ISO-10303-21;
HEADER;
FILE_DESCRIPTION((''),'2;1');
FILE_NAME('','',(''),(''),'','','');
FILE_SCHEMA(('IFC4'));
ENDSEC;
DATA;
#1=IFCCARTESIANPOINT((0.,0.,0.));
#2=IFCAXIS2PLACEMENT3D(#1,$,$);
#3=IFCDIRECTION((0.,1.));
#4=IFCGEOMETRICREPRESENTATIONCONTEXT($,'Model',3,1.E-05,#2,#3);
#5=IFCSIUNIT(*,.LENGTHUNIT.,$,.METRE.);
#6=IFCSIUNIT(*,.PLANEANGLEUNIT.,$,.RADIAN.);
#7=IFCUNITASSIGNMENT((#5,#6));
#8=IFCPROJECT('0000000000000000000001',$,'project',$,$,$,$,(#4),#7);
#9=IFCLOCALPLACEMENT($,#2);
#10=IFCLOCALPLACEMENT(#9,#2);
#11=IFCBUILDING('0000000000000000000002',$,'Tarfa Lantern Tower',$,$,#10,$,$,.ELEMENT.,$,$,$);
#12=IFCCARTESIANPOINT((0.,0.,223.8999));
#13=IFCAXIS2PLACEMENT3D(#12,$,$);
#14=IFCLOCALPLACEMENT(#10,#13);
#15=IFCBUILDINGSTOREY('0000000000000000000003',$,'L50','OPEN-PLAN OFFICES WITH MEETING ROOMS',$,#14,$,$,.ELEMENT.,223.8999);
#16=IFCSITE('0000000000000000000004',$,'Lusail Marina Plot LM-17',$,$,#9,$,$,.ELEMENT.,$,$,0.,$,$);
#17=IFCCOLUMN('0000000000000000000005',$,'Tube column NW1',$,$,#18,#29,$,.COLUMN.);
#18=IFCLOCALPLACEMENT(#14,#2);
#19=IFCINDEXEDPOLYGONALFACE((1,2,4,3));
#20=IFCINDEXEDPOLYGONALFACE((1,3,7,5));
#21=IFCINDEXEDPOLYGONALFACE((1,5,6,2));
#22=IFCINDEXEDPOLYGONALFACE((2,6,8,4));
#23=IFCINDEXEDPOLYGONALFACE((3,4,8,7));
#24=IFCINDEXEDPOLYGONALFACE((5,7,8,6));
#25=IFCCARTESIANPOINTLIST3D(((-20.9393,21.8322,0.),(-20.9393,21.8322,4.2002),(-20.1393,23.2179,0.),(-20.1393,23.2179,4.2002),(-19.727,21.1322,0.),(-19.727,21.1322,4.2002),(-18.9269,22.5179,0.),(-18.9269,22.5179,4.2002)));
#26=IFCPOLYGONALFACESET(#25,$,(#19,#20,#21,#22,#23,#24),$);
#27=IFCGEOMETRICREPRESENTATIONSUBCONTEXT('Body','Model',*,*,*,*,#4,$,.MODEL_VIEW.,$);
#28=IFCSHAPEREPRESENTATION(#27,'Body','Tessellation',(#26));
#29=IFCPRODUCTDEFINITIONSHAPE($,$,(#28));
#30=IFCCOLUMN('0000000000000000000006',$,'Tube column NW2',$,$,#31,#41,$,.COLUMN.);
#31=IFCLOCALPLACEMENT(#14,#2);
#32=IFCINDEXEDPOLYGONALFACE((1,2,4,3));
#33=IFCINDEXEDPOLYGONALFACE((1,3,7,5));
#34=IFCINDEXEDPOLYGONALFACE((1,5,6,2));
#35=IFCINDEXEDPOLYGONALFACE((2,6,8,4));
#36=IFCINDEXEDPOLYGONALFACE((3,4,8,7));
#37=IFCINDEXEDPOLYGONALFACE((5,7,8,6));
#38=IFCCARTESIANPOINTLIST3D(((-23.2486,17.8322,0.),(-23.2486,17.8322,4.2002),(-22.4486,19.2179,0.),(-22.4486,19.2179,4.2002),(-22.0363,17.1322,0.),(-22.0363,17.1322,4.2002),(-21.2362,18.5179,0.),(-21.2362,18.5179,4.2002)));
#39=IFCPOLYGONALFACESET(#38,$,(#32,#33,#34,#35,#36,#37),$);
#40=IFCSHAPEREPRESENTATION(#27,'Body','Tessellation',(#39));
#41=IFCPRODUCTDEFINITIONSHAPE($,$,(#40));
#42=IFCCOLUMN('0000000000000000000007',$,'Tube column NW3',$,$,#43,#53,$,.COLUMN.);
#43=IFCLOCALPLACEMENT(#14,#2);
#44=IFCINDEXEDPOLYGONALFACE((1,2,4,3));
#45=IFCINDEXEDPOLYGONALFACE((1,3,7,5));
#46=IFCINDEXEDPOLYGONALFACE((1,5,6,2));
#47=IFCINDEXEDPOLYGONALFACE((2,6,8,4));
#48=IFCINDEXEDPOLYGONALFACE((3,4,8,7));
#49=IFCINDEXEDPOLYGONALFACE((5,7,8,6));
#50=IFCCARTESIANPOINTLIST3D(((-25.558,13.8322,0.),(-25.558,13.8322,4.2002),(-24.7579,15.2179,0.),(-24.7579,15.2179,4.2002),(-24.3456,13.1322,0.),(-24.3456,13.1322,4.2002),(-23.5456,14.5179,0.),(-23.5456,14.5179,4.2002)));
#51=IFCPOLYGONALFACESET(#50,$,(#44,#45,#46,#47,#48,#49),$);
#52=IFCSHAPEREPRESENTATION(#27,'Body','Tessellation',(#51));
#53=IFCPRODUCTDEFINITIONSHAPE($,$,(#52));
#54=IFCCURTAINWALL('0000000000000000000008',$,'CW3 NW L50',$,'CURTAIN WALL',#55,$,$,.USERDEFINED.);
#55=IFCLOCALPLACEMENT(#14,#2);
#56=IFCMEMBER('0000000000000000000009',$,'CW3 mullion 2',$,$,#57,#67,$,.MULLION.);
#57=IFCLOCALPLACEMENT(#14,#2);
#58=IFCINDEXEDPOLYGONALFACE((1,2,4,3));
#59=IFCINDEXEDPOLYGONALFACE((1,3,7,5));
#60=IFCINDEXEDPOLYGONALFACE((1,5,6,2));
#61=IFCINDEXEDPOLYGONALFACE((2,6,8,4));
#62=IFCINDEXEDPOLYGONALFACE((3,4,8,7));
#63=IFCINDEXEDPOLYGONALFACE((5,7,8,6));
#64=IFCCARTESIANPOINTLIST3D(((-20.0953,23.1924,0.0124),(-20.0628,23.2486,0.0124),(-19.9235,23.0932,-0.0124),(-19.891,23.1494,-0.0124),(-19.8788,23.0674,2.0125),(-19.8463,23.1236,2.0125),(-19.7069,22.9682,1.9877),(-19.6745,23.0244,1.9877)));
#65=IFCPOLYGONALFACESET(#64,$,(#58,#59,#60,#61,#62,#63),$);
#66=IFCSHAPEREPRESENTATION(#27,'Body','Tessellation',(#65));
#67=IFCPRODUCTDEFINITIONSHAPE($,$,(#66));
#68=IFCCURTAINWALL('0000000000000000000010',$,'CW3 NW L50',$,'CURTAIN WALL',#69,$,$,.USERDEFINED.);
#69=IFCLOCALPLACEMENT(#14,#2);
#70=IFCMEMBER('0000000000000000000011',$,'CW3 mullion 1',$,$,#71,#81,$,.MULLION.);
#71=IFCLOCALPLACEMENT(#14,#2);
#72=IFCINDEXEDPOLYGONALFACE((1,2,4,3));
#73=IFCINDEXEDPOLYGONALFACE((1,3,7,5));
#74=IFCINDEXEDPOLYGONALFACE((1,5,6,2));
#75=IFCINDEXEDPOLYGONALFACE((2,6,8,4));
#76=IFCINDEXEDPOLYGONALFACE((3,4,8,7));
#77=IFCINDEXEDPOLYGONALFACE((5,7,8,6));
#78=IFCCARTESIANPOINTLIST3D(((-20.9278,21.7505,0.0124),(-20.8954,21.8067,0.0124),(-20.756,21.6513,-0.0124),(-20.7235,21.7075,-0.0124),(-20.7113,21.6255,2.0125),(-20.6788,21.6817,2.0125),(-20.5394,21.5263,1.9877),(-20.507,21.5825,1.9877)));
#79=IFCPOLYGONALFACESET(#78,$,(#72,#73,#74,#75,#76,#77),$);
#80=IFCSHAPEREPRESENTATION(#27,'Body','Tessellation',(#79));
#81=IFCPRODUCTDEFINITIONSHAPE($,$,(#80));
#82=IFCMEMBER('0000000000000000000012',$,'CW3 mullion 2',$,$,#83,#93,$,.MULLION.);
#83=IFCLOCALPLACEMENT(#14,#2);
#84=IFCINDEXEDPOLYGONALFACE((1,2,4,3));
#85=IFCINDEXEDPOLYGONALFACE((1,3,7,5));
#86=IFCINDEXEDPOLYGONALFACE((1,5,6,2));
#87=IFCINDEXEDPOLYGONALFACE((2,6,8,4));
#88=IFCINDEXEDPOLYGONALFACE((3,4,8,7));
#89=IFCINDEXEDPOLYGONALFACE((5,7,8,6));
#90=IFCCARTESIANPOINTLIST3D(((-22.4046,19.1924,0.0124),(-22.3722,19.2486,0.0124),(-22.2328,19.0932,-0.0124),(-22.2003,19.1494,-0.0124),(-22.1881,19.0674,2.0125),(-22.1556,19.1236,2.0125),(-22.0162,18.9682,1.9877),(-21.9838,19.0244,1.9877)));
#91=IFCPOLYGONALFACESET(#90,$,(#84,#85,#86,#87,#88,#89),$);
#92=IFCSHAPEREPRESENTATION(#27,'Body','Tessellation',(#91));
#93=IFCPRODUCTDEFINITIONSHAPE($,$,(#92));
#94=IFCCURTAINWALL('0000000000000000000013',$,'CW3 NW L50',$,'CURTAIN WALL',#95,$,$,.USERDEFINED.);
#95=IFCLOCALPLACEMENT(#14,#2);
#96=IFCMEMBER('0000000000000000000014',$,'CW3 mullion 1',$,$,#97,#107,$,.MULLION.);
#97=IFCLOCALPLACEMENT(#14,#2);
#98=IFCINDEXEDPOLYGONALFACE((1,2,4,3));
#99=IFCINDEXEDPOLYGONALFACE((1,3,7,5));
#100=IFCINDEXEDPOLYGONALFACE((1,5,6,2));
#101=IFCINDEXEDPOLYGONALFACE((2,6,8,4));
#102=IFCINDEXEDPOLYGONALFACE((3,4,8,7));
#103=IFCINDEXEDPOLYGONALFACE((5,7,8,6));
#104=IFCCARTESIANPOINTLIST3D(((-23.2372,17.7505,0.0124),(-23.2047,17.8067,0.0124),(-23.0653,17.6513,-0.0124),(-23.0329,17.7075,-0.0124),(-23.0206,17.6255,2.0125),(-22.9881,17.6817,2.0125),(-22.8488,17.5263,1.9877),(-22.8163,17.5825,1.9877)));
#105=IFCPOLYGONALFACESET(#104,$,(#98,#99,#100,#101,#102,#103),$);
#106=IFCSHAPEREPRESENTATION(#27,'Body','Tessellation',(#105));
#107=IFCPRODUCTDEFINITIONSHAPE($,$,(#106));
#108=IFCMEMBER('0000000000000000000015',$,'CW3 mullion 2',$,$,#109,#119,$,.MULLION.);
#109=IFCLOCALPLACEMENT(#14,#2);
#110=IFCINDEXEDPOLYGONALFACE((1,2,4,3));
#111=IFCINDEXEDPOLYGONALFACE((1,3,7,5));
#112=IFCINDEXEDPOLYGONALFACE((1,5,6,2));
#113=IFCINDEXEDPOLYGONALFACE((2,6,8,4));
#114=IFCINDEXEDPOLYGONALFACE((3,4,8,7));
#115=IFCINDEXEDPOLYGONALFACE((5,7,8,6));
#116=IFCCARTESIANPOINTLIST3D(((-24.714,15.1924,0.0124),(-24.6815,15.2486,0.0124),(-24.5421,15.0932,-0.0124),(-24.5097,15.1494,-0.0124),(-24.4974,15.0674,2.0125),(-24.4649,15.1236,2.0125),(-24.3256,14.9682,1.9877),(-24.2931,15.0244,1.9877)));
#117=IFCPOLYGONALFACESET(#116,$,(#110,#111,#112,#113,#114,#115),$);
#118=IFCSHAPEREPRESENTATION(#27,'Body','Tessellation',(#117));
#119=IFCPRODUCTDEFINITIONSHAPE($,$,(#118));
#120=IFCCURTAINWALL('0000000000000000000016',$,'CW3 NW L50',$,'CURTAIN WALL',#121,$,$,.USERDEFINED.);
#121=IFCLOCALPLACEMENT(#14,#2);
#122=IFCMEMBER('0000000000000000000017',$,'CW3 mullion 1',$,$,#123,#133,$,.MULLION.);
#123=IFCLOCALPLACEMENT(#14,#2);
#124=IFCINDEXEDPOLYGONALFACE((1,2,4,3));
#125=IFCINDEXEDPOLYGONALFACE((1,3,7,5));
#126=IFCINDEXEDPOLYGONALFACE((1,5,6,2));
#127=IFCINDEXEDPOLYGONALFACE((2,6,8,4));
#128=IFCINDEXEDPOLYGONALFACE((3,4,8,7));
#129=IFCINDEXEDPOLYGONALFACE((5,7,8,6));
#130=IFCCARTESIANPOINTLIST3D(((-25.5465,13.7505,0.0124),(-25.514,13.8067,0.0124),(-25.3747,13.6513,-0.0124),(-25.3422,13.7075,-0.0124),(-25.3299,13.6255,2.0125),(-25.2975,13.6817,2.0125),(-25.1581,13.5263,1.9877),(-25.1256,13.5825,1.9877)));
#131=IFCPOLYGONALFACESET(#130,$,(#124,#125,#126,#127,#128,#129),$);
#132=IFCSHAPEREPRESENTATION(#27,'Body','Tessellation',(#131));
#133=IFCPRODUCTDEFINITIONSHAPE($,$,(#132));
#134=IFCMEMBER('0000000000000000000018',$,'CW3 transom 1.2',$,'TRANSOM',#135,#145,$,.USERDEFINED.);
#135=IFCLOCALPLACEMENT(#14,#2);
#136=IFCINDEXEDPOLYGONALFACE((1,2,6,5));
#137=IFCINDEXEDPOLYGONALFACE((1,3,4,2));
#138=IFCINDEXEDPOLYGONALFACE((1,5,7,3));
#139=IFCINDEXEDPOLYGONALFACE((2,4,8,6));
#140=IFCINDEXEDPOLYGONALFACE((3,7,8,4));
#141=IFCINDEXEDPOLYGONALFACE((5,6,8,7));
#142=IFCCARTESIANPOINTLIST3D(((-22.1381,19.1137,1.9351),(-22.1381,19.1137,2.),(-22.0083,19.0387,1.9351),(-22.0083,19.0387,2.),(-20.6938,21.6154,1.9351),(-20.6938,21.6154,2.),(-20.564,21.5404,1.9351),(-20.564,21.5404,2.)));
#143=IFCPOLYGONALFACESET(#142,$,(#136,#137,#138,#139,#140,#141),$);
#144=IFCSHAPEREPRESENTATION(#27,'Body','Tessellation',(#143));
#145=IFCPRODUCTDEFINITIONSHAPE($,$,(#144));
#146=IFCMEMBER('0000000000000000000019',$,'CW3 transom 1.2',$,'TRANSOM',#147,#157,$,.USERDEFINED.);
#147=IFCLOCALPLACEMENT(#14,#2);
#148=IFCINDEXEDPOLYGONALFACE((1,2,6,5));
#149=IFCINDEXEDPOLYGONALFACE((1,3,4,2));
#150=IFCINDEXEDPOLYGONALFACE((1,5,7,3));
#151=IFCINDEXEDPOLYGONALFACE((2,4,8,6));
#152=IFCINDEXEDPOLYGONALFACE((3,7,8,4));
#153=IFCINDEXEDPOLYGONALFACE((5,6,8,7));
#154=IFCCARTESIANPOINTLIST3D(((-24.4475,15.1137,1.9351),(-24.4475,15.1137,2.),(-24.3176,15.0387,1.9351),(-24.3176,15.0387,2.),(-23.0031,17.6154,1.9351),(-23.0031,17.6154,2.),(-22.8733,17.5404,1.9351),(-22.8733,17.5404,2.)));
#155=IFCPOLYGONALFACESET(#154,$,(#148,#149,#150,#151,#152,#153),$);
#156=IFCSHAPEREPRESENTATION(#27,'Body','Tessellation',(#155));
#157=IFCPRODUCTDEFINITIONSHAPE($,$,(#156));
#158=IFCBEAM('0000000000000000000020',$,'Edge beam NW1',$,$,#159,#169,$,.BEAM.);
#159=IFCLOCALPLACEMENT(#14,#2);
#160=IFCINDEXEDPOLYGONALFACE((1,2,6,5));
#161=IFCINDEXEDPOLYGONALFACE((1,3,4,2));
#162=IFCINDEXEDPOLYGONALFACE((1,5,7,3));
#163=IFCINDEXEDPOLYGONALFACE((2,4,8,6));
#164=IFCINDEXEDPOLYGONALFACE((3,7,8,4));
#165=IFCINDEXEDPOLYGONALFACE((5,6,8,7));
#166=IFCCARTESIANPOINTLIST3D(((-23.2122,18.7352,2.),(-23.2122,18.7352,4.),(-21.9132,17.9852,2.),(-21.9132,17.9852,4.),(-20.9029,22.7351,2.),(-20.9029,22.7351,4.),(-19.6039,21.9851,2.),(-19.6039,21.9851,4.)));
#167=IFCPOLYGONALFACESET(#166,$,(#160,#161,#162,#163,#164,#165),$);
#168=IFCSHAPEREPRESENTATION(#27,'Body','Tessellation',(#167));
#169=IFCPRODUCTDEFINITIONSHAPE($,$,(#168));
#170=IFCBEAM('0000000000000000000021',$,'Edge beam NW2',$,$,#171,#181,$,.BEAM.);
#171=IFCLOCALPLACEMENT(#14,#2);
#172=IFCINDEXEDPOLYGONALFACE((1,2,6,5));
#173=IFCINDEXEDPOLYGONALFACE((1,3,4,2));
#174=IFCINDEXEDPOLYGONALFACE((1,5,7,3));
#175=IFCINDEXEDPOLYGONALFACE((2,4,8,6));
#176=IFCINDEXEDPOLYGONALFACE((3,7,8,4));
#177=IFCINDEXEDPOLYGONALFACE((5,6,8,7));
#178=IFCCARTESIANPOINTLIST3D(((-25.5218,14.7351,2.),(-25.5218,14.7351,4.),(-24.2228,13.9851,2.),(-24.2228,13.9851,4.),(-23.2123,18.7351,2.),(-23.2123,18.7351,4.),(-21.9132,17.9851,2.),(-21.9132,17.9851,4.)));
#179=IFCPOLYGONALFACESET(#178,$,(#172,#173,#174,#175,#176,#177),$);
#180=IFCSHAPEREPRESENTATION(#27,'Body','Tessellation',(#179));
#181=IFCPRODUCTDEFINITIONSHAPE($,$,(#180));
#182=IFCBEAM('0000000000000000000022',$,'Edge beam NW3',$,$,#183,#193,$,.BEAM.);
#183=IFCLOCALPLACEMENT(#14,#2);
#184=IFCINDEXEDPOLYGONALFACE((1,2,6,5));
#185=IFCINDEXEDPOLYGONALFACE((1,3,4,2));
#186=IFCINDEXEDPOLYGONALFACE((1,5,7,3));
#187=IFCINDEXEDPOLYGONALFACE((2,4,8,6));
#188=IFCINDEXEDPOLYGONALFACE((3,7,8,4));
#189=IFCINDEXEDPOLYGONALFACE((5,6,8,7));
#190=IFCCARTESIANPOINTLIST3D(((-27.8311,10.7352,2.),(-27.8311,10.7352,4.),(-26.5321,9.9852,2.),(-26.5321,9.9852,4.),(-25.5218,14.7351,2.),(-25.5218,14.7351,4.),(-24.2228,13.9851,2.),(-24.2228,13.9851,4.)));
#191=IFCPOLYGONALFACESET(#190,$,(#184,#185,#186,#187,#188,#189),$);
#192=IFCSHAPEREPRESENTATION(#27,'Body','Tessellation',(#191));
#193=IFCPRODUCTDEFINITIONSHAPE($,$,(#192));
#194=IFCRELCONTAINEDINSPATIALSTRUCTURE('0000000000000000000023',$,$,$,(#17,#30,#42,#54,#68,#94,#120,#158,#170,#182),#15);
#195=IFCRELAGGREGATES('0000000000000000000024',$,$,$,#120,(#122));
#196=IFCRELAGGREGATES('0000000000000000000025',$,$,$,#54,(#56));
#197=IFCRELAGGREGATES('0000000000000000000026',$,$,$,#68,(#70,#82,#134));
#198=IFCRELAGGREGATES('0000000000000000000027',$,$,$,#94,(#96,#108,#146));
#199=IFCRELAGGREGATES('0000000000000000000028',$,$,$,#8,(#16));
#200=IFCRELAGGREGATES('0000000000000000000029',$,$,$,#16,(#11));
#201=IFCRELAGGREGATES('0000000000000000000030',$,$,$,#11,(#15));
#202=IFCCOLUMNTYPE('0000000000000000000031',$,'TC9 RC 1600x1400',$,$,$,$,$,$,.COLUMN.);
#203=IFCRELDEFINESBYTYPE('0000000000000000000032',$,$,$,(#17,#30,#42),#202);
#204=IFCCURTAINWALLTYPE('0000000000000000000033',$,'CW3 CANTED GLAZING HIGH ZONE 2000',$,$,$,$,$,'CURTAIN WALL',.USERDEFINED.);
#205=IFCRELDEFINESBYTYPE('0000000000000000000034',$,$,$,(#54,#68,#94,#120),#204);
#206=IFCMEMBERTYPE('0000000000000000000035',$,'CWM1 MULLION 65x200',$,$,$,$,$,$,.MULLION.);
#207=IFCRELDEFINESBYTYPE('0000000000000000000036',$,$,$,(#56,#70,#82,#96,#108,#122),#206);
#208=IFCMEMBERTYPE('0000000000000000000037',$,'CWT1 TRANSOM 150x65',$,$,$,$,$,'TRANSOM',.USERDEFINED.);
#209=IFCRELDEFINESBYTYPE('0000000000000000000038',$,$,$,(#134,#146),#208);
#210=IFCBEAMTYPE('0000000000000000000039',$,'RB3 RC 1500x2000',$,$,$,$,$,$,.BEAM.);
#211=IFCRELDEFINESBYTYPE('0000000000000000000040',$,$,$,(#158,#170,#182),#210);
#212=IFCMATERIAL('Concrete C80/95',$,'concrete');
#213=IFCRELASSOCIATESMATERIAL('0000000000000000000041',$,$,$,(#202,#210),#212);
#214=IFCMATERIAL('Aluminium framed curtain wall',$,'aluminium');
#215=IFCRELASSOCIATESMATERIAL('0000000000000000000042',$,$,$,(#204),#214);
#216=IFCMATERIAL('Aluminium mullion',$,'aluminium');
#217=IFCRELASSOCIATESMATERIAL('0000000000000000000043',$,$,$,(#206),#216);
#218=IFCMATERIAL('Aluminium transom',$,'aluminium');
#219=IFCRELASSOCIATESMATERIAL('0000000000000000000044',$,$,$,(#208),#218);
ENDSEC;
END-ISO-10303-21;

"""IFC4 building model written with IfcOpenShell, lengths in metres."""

from ifc_helpers import new_model, si_unit, direction, frame, origin, origin_2d, place, context, subcontext, project, spatial, rectangle, extrude, material, material_profile, profile_set, type_object, element, aggregate, save


model = new_model("IFC4")

# Units and contexts
model_context = context("Model", 3, precision=1e-05, world=origin(), true_north=direction((0.0, 1.0)))
body_context = subcontext(model_context, "Body", "Model", "MODEL_VIEW")
ifc_project = project(units=[si_unit("LENGTHUNIT", "METRE"), si_unit("PLANEANGLEUNIT", "RADIAN")], contexts=[model_context])

# Site, building, storey
site_placement = place(None, origin())
site = spatial("IfcSite", under=ifc_project, at=site_placement, Name="Lusail Marina Plot LM-17", CompositionType="ELEMENT", RefElevation=0.0)
building_placement = place(site_placement, origin())
building = spatial("IfcBuilding", under=site, at=building_placement, Name="Tarfa Lantern Tower", CompositionType="ELEMENT")
storey_placement = place(building_placement, frame((0.0, 0.0, 223.8999)))
storey = spatial("IfcBuildingStorey", under=building, at=storey_placement, Name="L50", Description="OPEN-PLAN OFFICES WITH MEETING ROOMS", CompositionType="ELEMENT", Elevation=223.8999)

# Columns
ifc_material_1 = material(Name="Concrete C80/95", Category="concrete")
ifc_material_profile_1 = material_profile(ifc_material_1, rectangle(XDim=1.6001, YDim=1.3999, at=origin_2d()), Name="RC 1600x1400")
ifc_profile_set_1 = profile_set([ifc_material_profile_1], Name="Concrete C80/95")
column_type = type_object("IfcColumnType", Name="TC9 RC 1600x1400", PredefinedType="COLUMN", material=ifc_profile_set_1)
for number, where, z_axis, x_axis, name in (
    (1, (-19.9331, 22.175, 0.0), (0.0, 0.0, 1.0), (-0.5, -0.866025, 0.0), "Tube column NW1"),
    (2, (-22.2424, 18.175, 0.0), (0.0, 0.0, 1.0), (-0.5, -0.866025, 0.0), "Tube column NW2"),
    (3, (-24.5518, 14.175, 0.0), (0.0, 0.0, 1.0), (-0.5, -0.866025, 0.0), "Tube column NW3"),
):
    element("IfcColumn", number, at=place(storey_placement, frame(where, z_axis=z_axis, x_axis=x_axis)), inside=storey, type_object=column_type, Name=name, PredefinedType="COLUMN", context=body_context, shape_type="SweptSolid", body=[
        extrude(rectangle(XDim=1.6001, YDim=1.3999, at=origin_2d()), origin(), (0.0, 0.0, 1.0), 4.2002),
    ])

# Curtain wall, member
ifc_material_2 = material(Name="Aluminium framed curtain wall", Category="aluminium")
curtain_wall_type = type_object("IfcCurtainWallType", Name="CW3 CANTED GLAZING HIGH ZONE 2000", ElementType="CURTAIN WALL", PredefinedType="USERDEFINED", material=ifc_material_2)
curtain_wall_1_placement = place(storey_placement, origin())
curtain_wall_1 = element("IfcCurtainWall", 4, at=curtain_wall_1_placement, inside=storey, type_object=curtain_wall_type, Name="CW3 NW L50", ObjectType="CURTAIN WALL", PredefinedType="USERDEFINED")
ifc_material_3 = material(Name="Aluminium mullion", Category="aluminium")
ifc_material_profile_2 = material_profile(ifc_material_3, rectangle(XDim=0.0649, YDim=0.2, at=origin_2d()), Name="AL MULLION 65x200")
ifc_profile_set_2 = profile_set([ifc_material_profile_2], Name="Aluminium mullion")
member_type_1 = type_object("IfcMemberType", Name="CWM1 MULLION 65x200", PredefinedType="MULLION", material=ifc_profile_set_2)
member_1_placement = place(storey_placement, frame((-19.9932, 23.1709, 0.0), z_axis=(0.10744, -0.062017, 0.992275), x_axis=(0.49992, 0.866072, 0.0)))
member_1 = element("IfcMember", 5, at=member_1_placement, type_object=member_type_1, Name="CW3 mullion 2", PredefinedType="MULLION", context=body_context, shape_type="SweptSolid", body=[
    extrude(rectangle(XDim=0.0649, YDim=0.2, at=origin_2d()), origin(), (0.0, 0.0, 1.0), 2.0156),
])

# Curtain walls, members
curtain_wall_2_placement = place(storey_placement, origin())
curtain_wall_2 = element("IfcCurtainWall", 6, at=curtain_wall_2_placement, inside=storey, type_object=curtain_wall_type, Name="CW3 NW L50", ObjectType="CURTAIN WALL", PredefinedType="USERDEFINED")
member_2_placement = place(storey_placement, frame((-20.8257, 21.729, 0.0), z_axis=(0.10744, -0.062017, 0.992275), x_axis=(0.49992, 0.866072, 0.0)))
member_2 = element("IfcMember", 7, at=member_2_placement, type_object=member_type_1, Name="CW3 mullion 1", PredefinedType="MULLION", context=body_context, shape_type="SweptSolid", body=[
    extrude(rectangle(XDim=0.0649, YDim=0.2, at=origin_2d()), origin(), (0.0, 0.0, 1.0), 2.0156),
])
member_3_placement = place(storey_placement, frame((-22.3025, 19.1709, 0.0), z_axis=(0.10744, -0.062017, 0.992275), x_axis=(0.49992, 0.866072, 0.0)))
member_3 = element("IfcMember", 8, at=member_3_placement, type_object=member_type_1, Name="CW3 mullion 2", PredefinedType="MULLION", context=body_context, shape_type="SweptSolid", body=[
    extrude(rectangle(XDim=0.0649, YDim=0.2, at=origin_2d()), origin(), (0.0, 0.0, 1.0), 2.0156),
])
curtain_wall_3_placement = place(storey_placement, origin())
curtain_wall_3 = element("IfcCurtainWall", 9, at=curtain_wall_3_placement, inside=storey, type_object=curtain_wall_type, Name="CW3 NW L50", ObjectType="CURTAIN WALL", PredefinedType="USERDEFINED")
member_4_placement = place(storey_placement, frame((-23.135, 17.729, 0.0), z_axis=(0.10744, -0.062017, 0.992275), x_axis=(0.49992, 0.866072, 0.0)))
member_4 = element("IfcMember", 10, at=member_4_placement, type_object=member_type_1, Name="CW3 mullion 1", PredefinedType="MULLION", context=body_context, shape_type="SweptSolid", body=[
    extrude(rectangle(XDim=0.0649, YDim=0.2, at=origin_2d()), origin(), (0.0, 0.0, 1.0), 2.0156),
])
member_5_placement = place(storey_placement, frame((-24.6118, 15.1709, 0.0), z_axis=(0.10744, -0.062017, 0.992275), x_axis=(0.49992, 0.866072, 0.0)))
member_5 = element("IfcMember", 11, at=member_5_placement, type_object=member_type_1, Name="CW3 mullion 2", PredefinedType="MULLION", context=body_context, shape_type="SweptSolid", body=[
    extrude(rectangle(XDim=0.0649, YDim=0.2, at=origin_2d()), origin(), (0.0, 0.0, 1.0), 2.0156),
])

# Curtain wall, member
curtain_wall_4_placement = place(storey_placement, origin())
curtain_wall_4 = element("IfcCurtainWall", 12, at=curtain_wall_4_placement, inside=storey, type_object=curtain_wall_type, Name="CW3 NW L50", ObjectType="CURTAIN WALL", PredefinedType="USERDEFINED")
member_6_placement = place(storey_placement, frame((-25.4443, 13.729, 0.0), z_axis=(0.10744, -0.062017, 0.992275), x_axis=(0.49992, 0.866072, 0.0)))
member_6 = element("IfcMember", 13, at=member_6_placement, type_object=member_type_1, Name="CW3 mullion 1", PredefinedType="MULLION", context=body_context, shape_type="SweptSolid", body=[
    extrude(rectangle(XDim=0.0649, YDim=0.2, at=origin_2d()), origin(), (0.0, 0.0, 1.0), 2.0156),
])
aggregate(curtain_wall_4, [member_6])

# Members
ifc_material_4 = material(Name="Aluminium transom", Category="aluminium")
ifc_material_profile_3 = material_profile(ifc_material_4, rectangle(XDim=0.1499, YDim=0.0649, at=origin_2d()), Name="AL TRANSOM 150x65")
ifc_profile_set_3 = profile_set([ifc_material_profile_3], Name="Aluminium transom")
member_type_2 = type_object("IfcMemberType", Name="CWT1 TRANSOM 150x65", ElementType="TRANSOM", PredefinedType="USERDEFINED", material=ifc_profile_set_3)
member_7_placement = place(storey_placement, frame((-20.6289, 21.5779, 1.9675), z_axis=(-0.499993, -0.866029, 0.0), x_axis=(0.866029, -0.499993, 0.0)))
member_7 = element("IfcMember", 14, at=member_7_placement, type_object=member_type_2, Name="CW3 transom 1.2", ObjectType="TRANSOM", PredefinedType="USERDEFINED", context=body_context, shape_type="SweptSolid", body=[
    extrude(rectangle(XDim=0.1499, YDim=0.0649, at=origin_2d()), origin(), (0.0, 0.0, 1.0), 2.8887),
])
member_8_placement = place(storey_placement, frame((-22.9382, 17.5779, 1.9675), z_axis=(-0.499993, -0.866029, 0.0), x_axis=(0.866029, -0.499993, 0.0)))
member_8 = element("IfcMember", 15, at=member_8_placement, type_object=member_type_2, Name="CW3 transom 1.2", ObjectType="TRANSOM", PredefinedType="USERDEFINED", context=body_context, shape_type="SweptSolid", body=[
    extrude(rectangle(XDim=0.1499, YDim=0.0649, at=origin_2d()), origin(), (0.0, 0.0, 1.0), 2.8887),
])

# Beams
ifc_material_profile_4 = material_profile(ifc_material_1, rectangle(XDim=1.5, YDim=2.0, at=origin_2d()), Name="RC 1500x2000")
ifc_profile_set_4 = profile_set([ifc_material_profile_4], Name="Concrete C80/95")
beam_type_1 = type_object("IfcBeamType", Name="RB3 RC 1500x2000", PredefinedType="BEAM", material=ifc_profile_set_4)
beam_1_placement = place(storey_placement, frame((-20.2534, 22.3601, 3.0), z_axis=(-0.499988, -0.866032, 0.0), x_axis=(0.866032, -0.499988, 0.0)))
element("IfcBeam", 16, at=beam_1_placement, inside=storey, type_object=beam_type_1, Name="Edge beam NW1", PredefinedType="BEAM", context=body_context, shape_type="SweptSolid", body=[
    extrude(rectangle(XDim=1.5, YDim=2.0, at=origin_2d()), origin(), (0.0, 0.0, 1.0), 4.6187),
])
beam_2_placement = place(storey_placement, frame((-22.5627, 18.3601, 3.0), z_axis=(-0.500027, -0.86601, 0.0), x_axis=(0.86601, -0.500027, 0.0)))
element("IfcBeam", 17, at=beam_2_placement, inside=storey, type_object=beam_type_1, Name="Edge beam NW2", PredefinedType="BEAM", context=body_context, shape_type="SweptSolid", body=[
    extrude(rectangle(XDim=1.5, YDim=2.0, at=origin_2d()), origin(), (0.0, 0.0, 1.0), 4.6189),
])
beam_3_placement = place(storey_placement, frame((-24.8723, 14.3601, 3.0), z_axis=(-0.499988, -0.866032, 0.0), x_axis=(0.866032, -0.499988, 0.0)))
element("IfcBeam", 18, at=beam_3_placement, inside=storey, type_object=beam_type_1, Name="Edge beam NW3", PredefinedType="BEAM", context=body_context, shape_type="SweptSolid", body=[
    extrude(rectangle(XDim=1.5, YDim=2.0, at=origin_2d()), origin(), (0.0, 0.0, 1.0), 4.6187),
])

aggregate(curtain_wall_1, [member_1])
aggregate(curtain_wall_2, [member_2, member_3, member_7])
aggregate(curtain_wall_3, [member_4, member_5, member_8])

save(model, "model.ifc")
